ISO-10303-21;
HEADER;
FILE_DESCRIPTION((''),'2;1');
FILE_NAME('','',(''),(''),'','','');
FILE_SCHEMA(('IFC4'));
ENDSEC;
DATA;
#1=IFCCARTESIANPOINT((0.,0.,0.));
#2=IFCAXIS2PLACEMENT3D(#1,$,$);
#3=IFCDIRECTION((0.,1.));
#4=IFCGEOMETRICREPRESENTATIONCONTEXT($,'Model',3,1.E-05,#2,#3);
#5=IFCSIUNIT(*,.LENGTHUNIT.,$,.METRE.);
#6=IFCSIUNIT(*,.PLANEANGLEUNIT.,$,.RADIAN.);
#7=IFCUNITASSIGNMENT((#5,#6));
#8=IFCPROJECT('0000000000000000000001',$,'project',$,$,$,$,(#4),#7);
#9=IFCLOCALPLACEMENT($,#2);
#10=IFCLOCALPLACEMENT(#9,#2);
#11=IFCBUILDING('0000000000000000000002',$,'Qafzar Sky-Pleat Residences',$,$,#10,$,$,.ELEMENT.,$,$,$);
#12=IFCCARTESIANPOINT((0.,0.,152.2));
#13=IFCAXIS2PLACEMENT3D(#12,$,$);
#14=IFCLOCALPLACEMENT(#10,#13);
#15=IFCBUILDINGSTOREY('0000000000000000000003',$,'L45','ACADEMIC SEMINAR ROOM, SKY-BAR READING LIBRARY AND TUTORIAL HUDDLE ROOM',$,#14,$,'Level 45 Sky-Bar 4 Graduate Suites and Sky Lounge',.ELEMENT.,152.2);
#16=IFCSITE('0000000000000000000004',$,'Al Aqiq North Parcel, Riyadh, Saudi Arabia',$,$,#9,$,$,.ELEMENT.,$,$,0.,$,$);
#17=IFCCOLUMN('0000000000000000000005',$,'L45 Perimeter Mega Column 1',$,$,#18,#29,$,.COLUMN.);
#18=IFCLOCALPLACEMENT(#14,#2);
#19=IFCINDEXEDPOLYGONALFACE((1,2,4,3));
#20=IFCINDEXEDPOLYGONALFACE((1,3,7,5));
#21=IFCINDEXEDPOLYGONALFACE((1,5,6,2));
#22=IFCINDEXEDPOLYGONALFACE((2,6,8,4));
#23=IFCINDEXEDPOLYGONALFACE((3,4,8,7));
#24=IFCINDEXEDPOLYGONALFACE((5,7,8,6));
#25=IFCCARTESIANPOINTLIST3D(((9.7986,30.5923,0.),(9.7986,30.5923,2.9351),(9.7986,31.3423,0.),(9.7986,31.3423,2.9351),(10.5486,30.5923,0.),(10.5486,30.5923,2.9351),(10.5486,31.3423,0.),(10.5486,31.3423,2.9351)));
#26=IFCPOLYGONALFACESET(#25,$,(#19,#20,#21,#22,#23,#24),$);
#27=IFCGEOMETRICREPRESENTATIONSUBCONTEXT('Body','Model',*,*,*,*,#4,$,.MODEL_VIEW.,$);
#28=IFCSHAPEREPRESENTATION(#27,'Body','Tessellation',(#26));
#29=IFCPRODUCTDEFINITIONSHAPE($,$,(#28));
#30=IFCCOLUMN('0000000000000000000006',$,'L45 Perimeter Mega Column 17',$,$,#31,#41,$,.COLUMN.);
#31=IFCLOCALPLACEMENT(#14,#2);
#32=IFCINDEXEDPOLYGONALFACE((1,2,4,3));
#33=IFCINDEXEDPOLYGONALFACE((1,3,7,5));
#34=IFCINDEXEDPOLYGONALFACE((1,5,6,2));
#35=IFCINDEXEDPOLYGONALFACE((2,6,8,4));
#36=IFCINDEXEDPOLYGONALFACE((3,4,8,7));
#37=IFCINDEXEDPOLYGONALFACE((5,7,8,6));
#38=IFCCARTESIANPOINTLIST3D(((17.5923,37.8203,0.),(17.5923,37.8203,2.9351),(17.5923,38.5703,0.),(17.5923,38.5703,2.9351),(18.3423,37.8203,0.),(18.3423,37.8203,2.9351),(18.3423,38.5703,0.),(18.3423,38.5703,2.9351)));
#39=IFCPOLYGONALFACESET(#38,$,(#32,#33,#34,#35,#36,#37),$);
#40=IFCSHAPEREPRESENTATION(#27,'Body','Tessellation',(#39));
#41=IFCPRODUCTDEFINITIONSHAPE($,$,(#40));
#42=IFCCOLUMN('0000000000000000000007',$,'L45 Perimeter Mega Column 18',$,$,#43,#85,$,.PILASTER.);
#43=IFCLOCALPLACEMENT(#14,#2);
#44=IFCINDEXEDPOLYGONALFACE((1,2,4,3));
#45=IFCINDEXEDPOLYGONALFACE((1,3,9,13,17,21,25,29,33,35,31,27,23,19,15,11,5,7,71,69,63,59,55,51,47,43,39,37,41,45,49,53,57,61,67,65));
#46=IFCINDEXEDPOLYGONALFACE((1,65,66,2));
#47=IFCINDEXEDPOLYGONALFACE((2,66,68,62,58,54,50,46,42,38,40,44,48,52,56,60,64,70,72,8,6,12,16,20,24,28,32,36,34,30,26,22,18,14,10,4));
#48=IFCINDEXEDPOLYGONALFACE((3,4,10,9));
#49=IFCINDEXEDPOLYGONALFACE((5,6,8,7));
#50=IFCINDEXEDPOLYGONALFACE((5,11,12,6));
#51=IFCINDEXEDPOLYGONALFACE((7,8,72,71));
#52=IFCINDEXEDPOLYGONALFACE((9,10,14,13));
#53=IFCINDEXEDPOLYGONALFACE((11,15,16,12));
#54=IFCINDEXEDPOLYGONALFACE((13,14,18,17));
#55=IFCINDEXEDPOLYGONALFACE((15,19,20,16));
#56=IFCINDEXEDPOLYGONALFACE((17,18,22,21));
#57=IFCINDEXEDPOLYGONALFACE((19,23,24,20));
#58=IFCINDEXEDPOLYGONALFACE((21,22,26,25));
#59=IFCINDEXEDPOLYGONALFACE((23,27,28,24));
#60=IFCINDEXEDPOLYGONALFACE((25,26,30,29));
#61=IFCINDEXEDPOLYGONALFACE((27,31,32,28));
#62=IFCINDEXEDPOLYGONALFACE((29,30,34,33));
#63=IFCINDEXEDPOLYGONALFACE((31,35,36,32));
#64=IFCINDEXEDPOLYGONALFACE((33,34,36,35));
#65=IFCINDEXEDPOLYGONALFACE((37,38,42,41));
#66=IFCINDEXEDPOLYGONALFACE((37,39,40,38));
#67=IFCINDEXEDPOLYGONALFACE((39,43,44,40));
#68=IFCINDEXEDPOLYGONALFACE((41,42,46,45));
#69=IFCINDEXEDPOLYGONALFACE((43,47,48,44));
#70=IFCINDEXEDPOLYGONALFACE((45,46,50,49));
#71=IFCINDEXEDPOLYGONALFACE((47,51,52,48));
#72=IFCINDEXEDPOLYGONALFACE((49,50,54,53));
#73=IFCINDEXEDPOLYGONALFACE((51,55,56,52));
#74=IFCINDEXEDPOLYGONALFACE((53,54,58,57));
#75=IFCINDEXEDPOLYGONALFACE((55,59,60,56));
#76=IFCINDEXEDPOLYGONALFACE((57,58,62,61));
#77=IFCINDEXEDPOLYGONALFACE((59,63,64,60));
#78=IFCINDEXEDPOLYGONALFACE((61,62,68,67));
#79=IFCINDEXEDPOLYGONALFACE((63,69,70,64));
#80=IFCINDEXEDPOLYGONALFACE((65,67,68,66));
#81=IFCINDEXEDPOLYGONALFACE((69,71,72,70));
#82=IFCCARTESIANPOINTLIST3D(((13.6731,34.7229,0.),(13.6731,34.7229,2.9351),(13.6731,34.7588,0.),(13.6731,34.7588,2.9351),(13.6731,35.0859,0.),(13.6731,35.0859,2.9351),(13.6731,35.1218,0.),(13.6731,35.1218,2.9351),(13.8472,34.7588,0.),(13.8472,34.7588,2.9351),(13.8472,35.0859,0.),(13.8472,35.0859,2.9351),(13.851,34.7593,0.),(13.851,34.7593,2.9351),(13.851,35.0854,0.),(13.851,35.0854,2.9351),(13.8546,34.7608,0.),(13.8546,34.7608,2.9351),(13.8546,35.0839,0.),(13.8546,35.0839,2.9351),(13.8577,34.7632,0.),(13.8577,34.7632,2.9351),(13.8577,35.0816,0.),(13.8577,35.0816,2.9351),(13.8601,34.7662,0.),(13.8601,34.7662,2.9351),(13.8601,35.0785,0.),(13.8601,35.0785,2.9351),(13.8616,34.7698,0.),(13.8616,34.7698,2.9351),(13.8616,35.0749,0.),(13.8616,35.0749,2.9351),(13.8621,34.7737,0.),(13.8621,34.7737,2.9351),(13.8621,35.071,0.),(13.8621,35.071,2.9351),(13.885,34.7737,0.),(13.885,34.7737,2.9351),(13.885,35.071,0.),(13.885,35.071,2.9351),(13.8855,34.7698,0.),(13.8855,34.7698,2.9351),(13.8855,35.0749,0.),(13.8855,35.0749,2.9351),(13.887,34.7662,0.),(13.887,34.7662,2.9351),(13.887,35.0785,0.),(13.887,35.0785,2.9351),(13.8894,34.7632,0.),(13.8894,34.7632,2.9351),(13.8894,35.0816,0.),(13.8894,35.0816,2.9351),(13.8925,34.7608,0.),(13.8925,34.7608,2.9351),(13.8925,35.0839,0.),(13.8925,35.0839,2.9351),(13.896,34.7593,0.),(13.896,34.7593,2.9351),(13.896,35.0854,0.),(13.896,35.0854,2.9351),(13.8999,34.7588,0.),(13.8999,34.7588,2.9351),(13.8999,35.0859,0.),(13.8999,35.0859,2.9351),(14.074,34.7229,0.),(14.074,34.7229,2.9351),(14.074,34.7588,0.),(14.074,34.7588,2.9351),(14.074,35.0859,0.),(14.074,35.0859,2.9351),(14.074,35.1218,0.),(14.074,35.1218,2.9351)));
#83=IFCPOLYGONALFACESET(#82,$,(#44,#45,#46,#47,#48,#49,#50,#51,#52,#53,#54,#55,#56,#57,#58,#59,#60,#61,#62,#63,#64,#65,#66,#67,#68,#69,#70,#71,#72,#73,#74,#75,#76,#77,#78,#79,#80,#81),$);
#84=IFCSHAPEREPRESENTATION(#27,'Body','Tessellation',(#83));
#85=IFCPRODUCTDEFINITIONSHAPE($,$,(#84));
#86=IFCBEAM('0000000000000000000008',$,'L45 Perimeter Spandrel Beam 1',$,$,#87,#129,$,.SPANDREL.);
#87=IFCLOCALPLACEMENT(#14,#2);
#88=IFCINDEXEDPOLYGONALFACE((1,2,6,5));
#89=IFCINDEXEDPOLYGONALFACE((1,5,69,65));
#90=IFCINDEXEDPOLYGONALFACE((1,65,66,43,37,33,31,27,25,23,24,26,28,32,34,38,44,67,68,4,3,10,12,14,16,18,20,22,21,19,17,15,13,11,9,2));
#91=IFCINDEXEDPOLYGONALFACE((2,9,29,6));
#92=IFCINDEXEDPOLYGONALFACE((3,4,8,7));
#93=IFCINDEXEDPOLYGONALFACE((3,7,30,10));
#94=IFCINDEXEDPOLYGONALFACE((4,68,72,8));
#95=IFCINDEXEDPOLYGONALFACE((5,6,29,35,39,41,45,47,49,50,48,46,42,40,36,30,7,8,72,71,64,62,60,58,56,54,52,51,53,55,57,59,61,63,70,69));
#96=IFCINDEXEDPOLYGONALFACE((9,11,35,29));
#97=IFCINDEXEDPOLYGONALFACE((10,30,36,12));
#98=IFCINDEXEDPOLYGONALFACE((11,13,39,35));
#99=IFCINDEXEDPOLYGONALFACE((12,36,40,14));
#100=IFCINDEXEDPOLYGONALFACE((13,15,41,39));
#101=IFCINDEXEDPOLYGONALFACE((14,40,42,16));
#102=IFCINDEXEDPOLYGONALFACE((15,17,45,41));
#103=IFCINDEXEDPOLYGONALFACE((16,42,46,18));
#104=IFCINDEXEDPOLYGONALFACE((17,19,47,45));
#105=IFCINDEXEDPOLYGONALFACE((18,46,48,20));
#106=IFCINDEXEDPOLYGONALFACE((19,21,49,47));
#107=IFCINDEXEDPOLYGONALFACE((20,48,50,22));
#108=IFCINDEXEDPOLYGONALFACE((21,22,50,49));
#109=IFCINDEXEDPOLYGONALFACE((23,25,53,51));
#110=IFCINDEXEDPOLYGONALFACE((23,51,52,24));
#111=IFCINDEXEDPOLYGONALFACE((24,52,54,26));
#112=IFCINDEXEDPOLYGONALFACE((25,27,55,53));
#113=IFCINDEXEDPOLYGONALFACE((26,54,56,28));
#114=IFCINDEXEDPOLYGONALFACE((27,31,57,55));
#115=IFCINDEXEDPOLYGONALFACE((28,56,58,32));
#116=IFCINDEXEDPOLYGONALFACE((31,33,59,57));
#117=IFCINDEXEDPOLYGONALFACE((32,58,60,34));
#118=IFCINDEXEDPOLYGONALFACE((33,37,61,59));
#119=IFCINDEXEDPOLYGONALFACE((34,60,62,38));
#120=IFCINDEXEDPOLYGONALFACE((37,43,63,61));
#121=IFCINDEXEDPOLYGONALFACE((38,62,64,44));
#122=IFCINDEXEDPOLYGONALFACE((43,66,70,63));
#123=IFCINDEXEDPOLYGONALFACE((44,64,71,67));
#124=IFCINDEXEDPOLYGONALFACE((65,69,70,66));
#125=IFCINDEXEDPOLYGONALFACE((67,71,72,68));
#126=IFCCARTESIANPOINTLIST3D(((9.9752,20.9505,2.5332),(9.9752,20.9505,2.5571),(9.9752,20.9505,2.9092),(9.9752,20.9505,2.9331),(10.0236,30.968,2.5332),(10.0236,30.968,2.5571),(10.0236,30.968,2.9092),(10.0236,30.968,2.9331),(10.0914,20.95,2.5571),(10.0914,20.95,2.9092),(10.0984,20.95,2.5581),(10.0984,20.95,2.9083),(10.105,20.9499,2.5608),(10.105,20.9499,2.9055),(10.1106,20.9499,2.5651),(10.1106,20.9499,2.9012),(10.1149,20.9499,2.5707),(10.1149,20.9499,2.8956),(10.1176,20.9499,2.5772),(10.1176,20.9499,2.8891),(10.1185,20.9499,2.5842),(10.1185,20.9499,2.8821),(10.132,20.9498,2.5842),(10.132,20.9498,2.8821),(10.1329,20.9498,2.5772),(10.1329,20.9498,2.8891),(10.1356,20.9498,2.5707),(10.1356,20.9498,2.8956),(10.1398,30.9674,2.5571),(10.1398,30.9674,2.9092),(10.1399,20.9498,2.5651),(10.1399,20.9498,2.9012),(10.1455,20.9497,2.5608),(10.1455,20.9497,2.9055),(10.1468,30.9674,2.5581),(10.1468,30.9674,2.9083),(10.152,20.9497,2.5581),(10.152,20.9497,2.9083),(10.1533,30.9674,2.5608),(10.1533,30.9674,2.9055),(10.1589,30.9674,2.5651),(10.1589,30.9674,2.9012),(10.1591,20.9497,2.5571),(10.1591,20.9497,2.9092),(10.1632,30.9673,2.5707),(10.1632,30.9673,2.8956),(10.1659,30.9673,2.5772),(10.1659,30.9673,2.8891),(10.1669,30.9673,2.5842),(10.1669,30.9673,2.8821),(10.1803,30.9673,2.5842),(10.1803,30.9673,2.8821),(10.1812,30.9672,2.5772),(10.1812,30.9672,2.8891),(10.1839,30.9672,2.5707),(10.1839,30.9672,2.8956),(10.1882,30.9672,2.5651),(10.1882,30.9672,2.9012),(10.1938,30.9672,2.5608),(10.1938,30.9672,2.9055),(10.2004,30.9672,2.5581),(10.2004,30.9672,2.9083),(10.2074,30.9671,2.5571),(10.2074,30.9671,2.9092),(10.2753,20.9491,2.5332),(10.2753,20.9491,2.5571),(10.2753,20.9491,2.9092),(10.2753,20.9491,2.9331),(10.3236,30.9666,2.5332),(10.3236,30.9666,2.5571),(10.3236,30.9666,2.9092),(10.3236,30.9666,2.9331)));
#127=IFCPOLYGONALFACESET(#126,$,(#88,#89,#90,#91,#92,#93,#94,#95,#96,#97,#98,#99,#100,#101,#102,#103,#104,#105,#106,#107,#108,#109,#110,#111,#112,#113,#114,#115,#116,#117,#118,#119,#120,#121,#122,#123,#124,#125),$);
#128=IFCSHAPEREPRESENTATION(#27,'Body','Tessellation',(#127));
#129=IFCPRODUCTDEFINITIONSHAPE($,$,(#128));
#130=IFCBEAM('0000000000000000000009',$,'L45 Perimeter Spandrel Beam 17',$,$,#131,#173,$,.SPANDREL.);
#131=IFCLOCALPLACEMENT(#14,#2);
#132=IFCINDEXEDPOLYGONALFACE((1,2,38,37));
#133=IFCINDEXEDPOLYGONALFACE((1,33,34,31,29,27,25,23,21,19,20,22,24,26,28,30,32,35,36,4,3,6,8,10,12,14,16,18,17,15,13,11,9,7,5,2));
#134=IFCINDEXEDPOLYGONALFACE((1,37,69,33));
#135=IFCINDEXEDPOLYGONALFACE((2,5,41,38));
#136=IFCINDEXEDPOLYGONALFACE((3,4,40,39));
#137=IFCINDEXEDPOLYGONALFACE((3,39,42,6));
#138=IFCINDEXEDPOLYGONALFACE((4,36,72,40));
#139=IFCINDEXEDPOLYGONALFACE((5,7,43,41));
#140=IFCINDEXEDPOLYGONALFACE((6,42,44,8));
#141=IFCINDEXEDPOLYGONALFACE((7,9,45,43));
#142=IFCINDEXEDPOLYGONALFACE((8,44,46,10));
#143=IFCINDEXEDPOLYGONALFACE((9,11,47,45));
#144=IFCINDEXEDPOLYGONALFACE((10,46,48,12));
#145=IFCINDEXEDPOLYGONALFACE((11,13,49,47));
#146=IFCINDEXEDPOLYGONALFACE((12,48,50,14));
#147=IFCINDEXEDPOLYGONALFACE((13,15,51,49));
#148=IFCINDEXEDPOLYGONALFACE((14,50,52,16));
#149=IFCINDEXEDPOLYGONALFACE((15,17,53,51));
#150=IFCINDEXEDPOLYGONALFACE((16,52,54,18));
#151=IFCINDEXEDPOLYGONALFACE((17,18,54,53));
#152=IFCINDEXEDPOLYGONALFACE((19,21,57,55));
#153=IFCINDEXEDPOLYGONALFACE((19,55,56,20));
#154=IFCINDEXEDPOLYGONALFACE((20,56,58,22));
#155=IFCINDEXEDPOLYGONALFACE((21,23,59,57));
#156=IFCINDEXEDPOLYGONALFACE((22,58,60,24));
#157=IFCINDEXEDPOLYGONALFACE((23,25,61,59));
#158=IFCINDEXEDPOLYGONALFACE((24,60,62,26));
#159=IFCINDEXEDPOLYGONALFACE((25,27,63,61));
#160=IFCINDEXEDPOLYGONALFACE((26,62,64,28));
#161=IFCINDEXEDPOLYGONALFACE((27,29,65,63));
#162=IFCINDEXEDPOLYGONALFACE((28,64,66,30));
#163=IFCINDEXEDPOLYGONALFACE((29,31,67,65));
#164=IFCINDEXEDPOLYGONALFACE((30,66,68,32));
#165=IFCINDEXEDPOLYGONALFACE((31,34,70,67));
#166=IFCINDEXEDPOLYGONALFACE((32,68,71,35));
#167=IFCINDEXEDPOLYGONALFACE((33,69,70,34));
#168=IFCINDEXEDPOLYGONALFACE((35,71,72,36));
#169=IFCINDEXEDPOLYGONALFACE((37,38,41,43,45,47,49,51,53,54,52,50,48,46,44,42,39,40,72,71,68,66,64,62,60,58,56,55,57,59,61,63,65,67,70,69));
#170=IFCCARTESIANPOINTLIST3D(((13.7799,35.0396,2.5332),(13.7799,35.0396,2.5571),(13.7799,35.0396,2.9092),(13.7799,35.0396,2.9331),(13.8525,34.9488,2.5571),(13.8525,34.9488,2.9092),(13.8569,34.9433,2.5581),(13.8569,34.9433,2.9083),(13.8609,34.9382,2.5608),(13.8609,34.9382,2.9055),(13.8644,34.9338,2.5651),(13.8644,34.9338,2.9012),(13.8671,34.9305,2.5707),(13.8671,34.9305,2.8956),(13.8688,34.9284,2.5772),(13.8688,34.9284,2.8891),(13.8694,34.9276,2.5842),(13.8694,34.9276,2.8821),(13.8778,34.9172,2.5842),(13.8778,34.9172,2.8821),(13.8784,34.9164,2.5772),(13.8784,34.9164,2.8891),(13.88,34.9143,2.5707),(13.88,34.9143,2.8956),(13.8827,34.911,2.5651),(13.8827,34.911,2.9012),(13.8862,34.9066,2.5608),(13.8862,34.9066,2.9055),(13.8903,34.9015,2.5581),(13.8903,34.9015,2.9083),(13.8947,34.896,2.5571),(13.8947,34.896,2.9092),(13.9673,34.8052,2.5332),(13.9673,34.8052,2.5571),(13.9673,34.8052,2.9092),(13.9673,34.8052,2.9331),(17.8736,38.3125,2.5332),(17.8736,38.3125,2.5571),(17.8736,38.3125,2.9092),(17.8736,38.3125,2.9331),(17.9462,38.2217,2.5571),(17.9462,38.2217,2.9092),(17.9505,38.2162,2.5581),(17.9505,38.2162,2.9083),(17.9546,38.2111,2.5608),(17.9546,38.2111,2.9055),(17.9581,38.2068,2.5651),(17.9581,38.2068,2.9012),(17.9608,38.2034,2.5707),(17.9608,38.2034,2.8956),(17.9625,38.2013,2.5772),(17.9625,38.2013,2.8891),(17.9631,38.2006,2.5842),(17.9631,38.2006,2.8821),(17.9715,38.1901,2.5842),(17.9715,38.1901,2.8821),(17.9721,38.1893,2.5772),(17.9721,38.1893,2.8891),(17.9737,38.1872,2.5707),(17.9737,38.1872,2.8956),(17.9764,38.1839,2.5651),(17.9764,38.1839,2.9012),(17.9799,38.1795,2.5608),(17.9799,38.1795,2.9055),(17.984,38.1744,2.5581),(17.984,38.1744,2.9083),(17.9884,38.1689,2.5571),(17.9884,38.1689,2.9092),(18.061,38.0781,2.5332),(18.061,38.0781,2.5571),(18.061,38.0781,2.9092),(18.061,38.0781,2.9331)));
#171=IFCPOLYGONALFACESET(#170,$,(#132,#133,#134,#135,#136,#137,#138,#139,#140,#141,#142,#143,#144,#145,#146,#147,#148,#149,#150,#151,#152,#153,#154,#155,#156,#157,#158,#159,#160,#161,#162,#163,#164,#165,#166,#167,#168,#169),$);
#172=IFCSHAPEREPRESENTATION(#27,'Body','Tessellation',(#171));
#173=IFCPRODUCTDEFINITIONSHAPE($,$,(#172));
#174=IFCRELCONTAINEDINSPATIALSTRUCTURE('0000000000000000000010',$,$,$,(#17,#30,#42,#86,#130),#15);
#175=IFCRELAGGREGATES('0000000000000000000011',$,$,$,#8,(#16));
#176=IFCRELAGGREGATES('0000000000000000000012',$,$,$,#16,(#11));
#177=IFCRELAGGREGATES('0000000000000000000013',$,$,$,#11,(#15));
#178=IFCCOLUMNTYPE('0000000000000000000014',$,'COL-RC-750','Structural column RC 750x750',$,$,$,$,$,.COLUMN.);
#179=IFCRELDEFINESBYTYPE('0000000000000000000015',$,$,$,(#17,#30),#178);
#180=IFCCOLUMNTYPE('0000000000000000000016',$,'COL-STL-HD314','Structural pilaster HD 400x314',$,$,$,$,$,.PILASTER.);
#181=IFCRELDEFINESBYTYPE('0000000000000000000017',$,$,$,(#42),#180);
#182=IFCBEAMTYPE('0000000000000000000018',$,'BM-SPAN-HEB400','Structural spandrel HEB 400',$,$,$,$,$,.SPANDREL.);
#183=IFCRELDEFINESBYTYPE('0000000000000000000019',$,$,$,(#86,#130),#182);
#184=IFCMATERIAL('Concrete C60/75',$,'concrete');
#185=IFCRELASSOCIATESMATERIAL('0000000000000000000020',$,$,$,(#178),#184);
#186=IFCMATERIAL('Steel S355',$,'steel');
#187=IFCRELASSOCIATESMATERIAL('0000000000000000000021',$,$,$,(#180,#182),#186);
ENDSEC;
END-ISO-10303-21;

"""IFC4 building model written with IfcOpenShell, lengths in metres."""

from ifc_helpers import new_model, si_unit, direction, frame, origin, origin_2d, place, context, subcontext, project, spatial, rectangle, i_section, extrude, source, transform, mapped, material, material_profile, profile_set, type_object, element, save


model = new_model("IFC4")

# Units and contexts
model_context = context("Model", 3, precision=1e-05, world=origin(), true_north=direction((0.0, 1.0)))
body_context = subcontext(model_context, "Body", "Model", "MODEL_VIEW")
ifc_project = project(units=[si_unit("LENGTHUNIT", "METRE"), si_unit("PLANEANGLEUNIT", "RADIAN")], contexts=[model_context])

# Site, building, storey
site_placement = place(None, origin())
site = spatial("IfcSite", under=ifc_project, at=site_placement, Name="Al Aqiq North Parcel, Riyadh, Saudi Arabia", CompositionType="ELEMENT", RefElevation=0.0)
building_placement = place(site_placement, origin())
building = spatial("IfcBuilding", under=site, at=building_placement, Name="Qafzar Sky-Pleat Residences", CompositionType="ELEMENT")
storey_placement = place(building_placement, frame((0.0, 0.0, 152.2)))
storey = spatial("IfcBuildingStorey", under=building, at=storey_placement, Name="L45", Description="ACADEMIC SEMINAR ROOM, SKY-BAR READING LIBRARY AND TUTORIAL HUDDLE ROOM", LongName="Level 45 Sky-Bar 4 Graduate Suites and Sky Lounge", CompositionType="ELEMENT", Elevation=152.2)

# Columns
ifc_material_1 = material(Name="Concrete C60/75", Category="concrete")
ifc_material_profile_1 = material_profile(ifc_material_1, rectangle(XDim=0.75, YDim=0.75, at=origin_2d()), Name="RC 750x750")
ifc_profile_set_1 = profile_set([ifc_material_profile_1], Name="Concrete C60/75")
column_type_1 = type_object("IfcColumnType", Name="COL-RC-750", Description="Structural column RC 750x750", PredefinedType="COLUMN", material=ifc_profile_set_1)
shared_shape_1 = source(origin(), body_context, "Body", "SweptSolid", [
    extrude(rectangle(XDim=0.75, YDim=0.75, at=origin_2d()), origin(), (0.0, 0.0, 1.0), 2.9351),
])
for number, where, z_axis, x_axis, name in (
    (1, (10.1736, 30.9673, 0.0), (0.0, 0.0, 1.0), (1.0, 0.0, 0.0), "L45 Perimeter Mega Column 1"),
    (2, (17.9673, 38.1953, 0.0), (0.0, 0.0, 1.0), (1.0, 0.0, 0.0), "L45 Perimeter Mega Column 17"),
):
    element("IfcColumn", number, at=place(storey_placement, frame(where, z_axis=z_axis, x_axis=x_axis)), inside=storey, type_object=column_type_1, Name=name, PredefinedType="COLUMN", context=body_context, shape_type="MappedRepresentation", body=[
        mapped(shared_shape_1, transform((0.0, 0.0, 0.0), x_axis=(1.0, 0.0, 0.0), y_axis=(0.0, 1.0, 0.0), z_axis=(0.0, 0.0, 1.0), scale=1.0)),
    ])
ifc_material_2 = material(Name="Steel S355", Category="steel")
ifc_material_profile_2 = material_profile(ifc_material_2, i_section(OverallWidth=0.4009, OverallDepth=0.3989, WebThickness=0.0229, FlangeThickness=0.0359, FilletRadius=0.0149, at=origin_2d()), Name="HD 400x314")
ifc_profile_set_2 = profile_set([ifc_material_profile_2], Name="Steel S355")
column_type_2 = type_object("IfcColumnType", Name="COL-STL-HD314", Description="Structural pilaster HD 400x314", PredefinedType="PILASTER", material=ifc_profile_set_2)
shared_shape_2 = source(origin(), body_context, "Body", "SweptSolid", [
    extrude(i_section(OverallWidth=0.4009, OverallDepth=0.3989, WebThickness=0.0229, FlangeThickness=0.0359, FilletRadius=0.0149, at=origin_2d()), origin(), (0.0, 0.0, 1.0), 2.9351),
])
column_placement = place(storey_placement, frame((13.8735, 34.9224, 0.0), z_axis=(0.0, 0.0, 1.0), x_axis=(1.0, 0.0, 0.0)))
element("IfcColumn", 3, at=column_placement, inside=storey, type_object=column_type_2, Name="L45 Perimeter Mega Column 18", PredefinedType="PILASTER", context=body_context, shape_type="MappedRepresentation", body=[
    mapped(shared_shape_2, transform((0.0, 0.0, 0.0), x_axis=(1.0, 0.0, 0.0), y_axis=(0.0, 1.0, 0.0), z_axis=(0.0, 0.0, 1.0), scale=1.0)),
])

# Beams
ifc_material_profile_3 = material_profile(ifc_material_2, i_section(OverallWidth=0.3, OverallDepth=0.3999, WebThickness=0.0134, FlangeThickness=0.0239, FilletRadius=0.0271, at=origin_2d()), Name="HEB 400")
ifc_profile_set_3 = profile_set([ifc_material_profile_3], Name="Steel S355")
beam_type_1 = type_object("IfcBeamType", Name="BM-SPAN-HEB400", Description="Structural spandrel HEB 400", PredefinedType="SPANDREL", material=ifc_profile_set_3)
shared_shape_3 = source(origin(), body_context, "Body", "SweptSolid", [
    extrude(i_section(OverallWidth=0.3, OverallDepth=0.3999, WebThickness=0.0134, FlangeThickness=0.0239, FilletRadius=0.0271, at=origin_2d()), origin(), (0.0, 0.0, 1.0), 10.0176),
])
beam_1_placement = place(storey_placement, frame((10.1736, 30.9673, 2.7332), z_axis=(-0.004825, -0.999988, 0.0), x_axis=(0.999988, -0.004825, 0.0)))
element("IfcBeam", 4, at=beam_1_placement, inside=storey, type_object=beam_type_1, Name="L45 Perimeter Spandrel Beam 1", PredefinedType="SPANDREL", context=body_context, shape_type="MappedRepresentation", body=[
    mapped(shared_shape_3, transform((0.0, 0.0, 0.0), x_axis=(1.0, 0.0, 0.0), y_axis=(0.0, 1.0, 0.0), z_axis=(0.0, 0.0, 1.0), scale=1.0)),
])
shared_shape_4 = source(origin(), body_context, "Body", "SweptSolid", [
    extrude(i_section(OverallWidth=0.3, OverallDepth=0.3999, WebThickness=0.0134, FlangeThickness=0.0239, FilletRadius=0.0271, at=origin_2d()), origin(), (0.0, 0.0, 1.0), 5.2412),
])
beam_2_placement = place(storey_placement, frame((17.9673, 38.1953, 2.7332), z_axis=(-0.78106, -0.624456, 0.0), x_axis=(0.624456, -0.78106, 0.0)))
element("IfcBeam", 5, at=beam_2_placement, inside=storey, type_object=beam_type_1, Name="L45 Perimeter Spandrel Beam 17", PredefinedType="SPANDREL", context=body_context, shape_type="MappedRepresentation", body=[
    mapped(shared_shape_4, transform((0.0, 0.0, 0.0), x_axis=(1.0, 0.0, 0.0), y_axis=(0.0, 1.0, 0.0), z_axis=(0.0, 0.0, 1.0), scale=1.0)),
])

save(model, "model.ifc")
